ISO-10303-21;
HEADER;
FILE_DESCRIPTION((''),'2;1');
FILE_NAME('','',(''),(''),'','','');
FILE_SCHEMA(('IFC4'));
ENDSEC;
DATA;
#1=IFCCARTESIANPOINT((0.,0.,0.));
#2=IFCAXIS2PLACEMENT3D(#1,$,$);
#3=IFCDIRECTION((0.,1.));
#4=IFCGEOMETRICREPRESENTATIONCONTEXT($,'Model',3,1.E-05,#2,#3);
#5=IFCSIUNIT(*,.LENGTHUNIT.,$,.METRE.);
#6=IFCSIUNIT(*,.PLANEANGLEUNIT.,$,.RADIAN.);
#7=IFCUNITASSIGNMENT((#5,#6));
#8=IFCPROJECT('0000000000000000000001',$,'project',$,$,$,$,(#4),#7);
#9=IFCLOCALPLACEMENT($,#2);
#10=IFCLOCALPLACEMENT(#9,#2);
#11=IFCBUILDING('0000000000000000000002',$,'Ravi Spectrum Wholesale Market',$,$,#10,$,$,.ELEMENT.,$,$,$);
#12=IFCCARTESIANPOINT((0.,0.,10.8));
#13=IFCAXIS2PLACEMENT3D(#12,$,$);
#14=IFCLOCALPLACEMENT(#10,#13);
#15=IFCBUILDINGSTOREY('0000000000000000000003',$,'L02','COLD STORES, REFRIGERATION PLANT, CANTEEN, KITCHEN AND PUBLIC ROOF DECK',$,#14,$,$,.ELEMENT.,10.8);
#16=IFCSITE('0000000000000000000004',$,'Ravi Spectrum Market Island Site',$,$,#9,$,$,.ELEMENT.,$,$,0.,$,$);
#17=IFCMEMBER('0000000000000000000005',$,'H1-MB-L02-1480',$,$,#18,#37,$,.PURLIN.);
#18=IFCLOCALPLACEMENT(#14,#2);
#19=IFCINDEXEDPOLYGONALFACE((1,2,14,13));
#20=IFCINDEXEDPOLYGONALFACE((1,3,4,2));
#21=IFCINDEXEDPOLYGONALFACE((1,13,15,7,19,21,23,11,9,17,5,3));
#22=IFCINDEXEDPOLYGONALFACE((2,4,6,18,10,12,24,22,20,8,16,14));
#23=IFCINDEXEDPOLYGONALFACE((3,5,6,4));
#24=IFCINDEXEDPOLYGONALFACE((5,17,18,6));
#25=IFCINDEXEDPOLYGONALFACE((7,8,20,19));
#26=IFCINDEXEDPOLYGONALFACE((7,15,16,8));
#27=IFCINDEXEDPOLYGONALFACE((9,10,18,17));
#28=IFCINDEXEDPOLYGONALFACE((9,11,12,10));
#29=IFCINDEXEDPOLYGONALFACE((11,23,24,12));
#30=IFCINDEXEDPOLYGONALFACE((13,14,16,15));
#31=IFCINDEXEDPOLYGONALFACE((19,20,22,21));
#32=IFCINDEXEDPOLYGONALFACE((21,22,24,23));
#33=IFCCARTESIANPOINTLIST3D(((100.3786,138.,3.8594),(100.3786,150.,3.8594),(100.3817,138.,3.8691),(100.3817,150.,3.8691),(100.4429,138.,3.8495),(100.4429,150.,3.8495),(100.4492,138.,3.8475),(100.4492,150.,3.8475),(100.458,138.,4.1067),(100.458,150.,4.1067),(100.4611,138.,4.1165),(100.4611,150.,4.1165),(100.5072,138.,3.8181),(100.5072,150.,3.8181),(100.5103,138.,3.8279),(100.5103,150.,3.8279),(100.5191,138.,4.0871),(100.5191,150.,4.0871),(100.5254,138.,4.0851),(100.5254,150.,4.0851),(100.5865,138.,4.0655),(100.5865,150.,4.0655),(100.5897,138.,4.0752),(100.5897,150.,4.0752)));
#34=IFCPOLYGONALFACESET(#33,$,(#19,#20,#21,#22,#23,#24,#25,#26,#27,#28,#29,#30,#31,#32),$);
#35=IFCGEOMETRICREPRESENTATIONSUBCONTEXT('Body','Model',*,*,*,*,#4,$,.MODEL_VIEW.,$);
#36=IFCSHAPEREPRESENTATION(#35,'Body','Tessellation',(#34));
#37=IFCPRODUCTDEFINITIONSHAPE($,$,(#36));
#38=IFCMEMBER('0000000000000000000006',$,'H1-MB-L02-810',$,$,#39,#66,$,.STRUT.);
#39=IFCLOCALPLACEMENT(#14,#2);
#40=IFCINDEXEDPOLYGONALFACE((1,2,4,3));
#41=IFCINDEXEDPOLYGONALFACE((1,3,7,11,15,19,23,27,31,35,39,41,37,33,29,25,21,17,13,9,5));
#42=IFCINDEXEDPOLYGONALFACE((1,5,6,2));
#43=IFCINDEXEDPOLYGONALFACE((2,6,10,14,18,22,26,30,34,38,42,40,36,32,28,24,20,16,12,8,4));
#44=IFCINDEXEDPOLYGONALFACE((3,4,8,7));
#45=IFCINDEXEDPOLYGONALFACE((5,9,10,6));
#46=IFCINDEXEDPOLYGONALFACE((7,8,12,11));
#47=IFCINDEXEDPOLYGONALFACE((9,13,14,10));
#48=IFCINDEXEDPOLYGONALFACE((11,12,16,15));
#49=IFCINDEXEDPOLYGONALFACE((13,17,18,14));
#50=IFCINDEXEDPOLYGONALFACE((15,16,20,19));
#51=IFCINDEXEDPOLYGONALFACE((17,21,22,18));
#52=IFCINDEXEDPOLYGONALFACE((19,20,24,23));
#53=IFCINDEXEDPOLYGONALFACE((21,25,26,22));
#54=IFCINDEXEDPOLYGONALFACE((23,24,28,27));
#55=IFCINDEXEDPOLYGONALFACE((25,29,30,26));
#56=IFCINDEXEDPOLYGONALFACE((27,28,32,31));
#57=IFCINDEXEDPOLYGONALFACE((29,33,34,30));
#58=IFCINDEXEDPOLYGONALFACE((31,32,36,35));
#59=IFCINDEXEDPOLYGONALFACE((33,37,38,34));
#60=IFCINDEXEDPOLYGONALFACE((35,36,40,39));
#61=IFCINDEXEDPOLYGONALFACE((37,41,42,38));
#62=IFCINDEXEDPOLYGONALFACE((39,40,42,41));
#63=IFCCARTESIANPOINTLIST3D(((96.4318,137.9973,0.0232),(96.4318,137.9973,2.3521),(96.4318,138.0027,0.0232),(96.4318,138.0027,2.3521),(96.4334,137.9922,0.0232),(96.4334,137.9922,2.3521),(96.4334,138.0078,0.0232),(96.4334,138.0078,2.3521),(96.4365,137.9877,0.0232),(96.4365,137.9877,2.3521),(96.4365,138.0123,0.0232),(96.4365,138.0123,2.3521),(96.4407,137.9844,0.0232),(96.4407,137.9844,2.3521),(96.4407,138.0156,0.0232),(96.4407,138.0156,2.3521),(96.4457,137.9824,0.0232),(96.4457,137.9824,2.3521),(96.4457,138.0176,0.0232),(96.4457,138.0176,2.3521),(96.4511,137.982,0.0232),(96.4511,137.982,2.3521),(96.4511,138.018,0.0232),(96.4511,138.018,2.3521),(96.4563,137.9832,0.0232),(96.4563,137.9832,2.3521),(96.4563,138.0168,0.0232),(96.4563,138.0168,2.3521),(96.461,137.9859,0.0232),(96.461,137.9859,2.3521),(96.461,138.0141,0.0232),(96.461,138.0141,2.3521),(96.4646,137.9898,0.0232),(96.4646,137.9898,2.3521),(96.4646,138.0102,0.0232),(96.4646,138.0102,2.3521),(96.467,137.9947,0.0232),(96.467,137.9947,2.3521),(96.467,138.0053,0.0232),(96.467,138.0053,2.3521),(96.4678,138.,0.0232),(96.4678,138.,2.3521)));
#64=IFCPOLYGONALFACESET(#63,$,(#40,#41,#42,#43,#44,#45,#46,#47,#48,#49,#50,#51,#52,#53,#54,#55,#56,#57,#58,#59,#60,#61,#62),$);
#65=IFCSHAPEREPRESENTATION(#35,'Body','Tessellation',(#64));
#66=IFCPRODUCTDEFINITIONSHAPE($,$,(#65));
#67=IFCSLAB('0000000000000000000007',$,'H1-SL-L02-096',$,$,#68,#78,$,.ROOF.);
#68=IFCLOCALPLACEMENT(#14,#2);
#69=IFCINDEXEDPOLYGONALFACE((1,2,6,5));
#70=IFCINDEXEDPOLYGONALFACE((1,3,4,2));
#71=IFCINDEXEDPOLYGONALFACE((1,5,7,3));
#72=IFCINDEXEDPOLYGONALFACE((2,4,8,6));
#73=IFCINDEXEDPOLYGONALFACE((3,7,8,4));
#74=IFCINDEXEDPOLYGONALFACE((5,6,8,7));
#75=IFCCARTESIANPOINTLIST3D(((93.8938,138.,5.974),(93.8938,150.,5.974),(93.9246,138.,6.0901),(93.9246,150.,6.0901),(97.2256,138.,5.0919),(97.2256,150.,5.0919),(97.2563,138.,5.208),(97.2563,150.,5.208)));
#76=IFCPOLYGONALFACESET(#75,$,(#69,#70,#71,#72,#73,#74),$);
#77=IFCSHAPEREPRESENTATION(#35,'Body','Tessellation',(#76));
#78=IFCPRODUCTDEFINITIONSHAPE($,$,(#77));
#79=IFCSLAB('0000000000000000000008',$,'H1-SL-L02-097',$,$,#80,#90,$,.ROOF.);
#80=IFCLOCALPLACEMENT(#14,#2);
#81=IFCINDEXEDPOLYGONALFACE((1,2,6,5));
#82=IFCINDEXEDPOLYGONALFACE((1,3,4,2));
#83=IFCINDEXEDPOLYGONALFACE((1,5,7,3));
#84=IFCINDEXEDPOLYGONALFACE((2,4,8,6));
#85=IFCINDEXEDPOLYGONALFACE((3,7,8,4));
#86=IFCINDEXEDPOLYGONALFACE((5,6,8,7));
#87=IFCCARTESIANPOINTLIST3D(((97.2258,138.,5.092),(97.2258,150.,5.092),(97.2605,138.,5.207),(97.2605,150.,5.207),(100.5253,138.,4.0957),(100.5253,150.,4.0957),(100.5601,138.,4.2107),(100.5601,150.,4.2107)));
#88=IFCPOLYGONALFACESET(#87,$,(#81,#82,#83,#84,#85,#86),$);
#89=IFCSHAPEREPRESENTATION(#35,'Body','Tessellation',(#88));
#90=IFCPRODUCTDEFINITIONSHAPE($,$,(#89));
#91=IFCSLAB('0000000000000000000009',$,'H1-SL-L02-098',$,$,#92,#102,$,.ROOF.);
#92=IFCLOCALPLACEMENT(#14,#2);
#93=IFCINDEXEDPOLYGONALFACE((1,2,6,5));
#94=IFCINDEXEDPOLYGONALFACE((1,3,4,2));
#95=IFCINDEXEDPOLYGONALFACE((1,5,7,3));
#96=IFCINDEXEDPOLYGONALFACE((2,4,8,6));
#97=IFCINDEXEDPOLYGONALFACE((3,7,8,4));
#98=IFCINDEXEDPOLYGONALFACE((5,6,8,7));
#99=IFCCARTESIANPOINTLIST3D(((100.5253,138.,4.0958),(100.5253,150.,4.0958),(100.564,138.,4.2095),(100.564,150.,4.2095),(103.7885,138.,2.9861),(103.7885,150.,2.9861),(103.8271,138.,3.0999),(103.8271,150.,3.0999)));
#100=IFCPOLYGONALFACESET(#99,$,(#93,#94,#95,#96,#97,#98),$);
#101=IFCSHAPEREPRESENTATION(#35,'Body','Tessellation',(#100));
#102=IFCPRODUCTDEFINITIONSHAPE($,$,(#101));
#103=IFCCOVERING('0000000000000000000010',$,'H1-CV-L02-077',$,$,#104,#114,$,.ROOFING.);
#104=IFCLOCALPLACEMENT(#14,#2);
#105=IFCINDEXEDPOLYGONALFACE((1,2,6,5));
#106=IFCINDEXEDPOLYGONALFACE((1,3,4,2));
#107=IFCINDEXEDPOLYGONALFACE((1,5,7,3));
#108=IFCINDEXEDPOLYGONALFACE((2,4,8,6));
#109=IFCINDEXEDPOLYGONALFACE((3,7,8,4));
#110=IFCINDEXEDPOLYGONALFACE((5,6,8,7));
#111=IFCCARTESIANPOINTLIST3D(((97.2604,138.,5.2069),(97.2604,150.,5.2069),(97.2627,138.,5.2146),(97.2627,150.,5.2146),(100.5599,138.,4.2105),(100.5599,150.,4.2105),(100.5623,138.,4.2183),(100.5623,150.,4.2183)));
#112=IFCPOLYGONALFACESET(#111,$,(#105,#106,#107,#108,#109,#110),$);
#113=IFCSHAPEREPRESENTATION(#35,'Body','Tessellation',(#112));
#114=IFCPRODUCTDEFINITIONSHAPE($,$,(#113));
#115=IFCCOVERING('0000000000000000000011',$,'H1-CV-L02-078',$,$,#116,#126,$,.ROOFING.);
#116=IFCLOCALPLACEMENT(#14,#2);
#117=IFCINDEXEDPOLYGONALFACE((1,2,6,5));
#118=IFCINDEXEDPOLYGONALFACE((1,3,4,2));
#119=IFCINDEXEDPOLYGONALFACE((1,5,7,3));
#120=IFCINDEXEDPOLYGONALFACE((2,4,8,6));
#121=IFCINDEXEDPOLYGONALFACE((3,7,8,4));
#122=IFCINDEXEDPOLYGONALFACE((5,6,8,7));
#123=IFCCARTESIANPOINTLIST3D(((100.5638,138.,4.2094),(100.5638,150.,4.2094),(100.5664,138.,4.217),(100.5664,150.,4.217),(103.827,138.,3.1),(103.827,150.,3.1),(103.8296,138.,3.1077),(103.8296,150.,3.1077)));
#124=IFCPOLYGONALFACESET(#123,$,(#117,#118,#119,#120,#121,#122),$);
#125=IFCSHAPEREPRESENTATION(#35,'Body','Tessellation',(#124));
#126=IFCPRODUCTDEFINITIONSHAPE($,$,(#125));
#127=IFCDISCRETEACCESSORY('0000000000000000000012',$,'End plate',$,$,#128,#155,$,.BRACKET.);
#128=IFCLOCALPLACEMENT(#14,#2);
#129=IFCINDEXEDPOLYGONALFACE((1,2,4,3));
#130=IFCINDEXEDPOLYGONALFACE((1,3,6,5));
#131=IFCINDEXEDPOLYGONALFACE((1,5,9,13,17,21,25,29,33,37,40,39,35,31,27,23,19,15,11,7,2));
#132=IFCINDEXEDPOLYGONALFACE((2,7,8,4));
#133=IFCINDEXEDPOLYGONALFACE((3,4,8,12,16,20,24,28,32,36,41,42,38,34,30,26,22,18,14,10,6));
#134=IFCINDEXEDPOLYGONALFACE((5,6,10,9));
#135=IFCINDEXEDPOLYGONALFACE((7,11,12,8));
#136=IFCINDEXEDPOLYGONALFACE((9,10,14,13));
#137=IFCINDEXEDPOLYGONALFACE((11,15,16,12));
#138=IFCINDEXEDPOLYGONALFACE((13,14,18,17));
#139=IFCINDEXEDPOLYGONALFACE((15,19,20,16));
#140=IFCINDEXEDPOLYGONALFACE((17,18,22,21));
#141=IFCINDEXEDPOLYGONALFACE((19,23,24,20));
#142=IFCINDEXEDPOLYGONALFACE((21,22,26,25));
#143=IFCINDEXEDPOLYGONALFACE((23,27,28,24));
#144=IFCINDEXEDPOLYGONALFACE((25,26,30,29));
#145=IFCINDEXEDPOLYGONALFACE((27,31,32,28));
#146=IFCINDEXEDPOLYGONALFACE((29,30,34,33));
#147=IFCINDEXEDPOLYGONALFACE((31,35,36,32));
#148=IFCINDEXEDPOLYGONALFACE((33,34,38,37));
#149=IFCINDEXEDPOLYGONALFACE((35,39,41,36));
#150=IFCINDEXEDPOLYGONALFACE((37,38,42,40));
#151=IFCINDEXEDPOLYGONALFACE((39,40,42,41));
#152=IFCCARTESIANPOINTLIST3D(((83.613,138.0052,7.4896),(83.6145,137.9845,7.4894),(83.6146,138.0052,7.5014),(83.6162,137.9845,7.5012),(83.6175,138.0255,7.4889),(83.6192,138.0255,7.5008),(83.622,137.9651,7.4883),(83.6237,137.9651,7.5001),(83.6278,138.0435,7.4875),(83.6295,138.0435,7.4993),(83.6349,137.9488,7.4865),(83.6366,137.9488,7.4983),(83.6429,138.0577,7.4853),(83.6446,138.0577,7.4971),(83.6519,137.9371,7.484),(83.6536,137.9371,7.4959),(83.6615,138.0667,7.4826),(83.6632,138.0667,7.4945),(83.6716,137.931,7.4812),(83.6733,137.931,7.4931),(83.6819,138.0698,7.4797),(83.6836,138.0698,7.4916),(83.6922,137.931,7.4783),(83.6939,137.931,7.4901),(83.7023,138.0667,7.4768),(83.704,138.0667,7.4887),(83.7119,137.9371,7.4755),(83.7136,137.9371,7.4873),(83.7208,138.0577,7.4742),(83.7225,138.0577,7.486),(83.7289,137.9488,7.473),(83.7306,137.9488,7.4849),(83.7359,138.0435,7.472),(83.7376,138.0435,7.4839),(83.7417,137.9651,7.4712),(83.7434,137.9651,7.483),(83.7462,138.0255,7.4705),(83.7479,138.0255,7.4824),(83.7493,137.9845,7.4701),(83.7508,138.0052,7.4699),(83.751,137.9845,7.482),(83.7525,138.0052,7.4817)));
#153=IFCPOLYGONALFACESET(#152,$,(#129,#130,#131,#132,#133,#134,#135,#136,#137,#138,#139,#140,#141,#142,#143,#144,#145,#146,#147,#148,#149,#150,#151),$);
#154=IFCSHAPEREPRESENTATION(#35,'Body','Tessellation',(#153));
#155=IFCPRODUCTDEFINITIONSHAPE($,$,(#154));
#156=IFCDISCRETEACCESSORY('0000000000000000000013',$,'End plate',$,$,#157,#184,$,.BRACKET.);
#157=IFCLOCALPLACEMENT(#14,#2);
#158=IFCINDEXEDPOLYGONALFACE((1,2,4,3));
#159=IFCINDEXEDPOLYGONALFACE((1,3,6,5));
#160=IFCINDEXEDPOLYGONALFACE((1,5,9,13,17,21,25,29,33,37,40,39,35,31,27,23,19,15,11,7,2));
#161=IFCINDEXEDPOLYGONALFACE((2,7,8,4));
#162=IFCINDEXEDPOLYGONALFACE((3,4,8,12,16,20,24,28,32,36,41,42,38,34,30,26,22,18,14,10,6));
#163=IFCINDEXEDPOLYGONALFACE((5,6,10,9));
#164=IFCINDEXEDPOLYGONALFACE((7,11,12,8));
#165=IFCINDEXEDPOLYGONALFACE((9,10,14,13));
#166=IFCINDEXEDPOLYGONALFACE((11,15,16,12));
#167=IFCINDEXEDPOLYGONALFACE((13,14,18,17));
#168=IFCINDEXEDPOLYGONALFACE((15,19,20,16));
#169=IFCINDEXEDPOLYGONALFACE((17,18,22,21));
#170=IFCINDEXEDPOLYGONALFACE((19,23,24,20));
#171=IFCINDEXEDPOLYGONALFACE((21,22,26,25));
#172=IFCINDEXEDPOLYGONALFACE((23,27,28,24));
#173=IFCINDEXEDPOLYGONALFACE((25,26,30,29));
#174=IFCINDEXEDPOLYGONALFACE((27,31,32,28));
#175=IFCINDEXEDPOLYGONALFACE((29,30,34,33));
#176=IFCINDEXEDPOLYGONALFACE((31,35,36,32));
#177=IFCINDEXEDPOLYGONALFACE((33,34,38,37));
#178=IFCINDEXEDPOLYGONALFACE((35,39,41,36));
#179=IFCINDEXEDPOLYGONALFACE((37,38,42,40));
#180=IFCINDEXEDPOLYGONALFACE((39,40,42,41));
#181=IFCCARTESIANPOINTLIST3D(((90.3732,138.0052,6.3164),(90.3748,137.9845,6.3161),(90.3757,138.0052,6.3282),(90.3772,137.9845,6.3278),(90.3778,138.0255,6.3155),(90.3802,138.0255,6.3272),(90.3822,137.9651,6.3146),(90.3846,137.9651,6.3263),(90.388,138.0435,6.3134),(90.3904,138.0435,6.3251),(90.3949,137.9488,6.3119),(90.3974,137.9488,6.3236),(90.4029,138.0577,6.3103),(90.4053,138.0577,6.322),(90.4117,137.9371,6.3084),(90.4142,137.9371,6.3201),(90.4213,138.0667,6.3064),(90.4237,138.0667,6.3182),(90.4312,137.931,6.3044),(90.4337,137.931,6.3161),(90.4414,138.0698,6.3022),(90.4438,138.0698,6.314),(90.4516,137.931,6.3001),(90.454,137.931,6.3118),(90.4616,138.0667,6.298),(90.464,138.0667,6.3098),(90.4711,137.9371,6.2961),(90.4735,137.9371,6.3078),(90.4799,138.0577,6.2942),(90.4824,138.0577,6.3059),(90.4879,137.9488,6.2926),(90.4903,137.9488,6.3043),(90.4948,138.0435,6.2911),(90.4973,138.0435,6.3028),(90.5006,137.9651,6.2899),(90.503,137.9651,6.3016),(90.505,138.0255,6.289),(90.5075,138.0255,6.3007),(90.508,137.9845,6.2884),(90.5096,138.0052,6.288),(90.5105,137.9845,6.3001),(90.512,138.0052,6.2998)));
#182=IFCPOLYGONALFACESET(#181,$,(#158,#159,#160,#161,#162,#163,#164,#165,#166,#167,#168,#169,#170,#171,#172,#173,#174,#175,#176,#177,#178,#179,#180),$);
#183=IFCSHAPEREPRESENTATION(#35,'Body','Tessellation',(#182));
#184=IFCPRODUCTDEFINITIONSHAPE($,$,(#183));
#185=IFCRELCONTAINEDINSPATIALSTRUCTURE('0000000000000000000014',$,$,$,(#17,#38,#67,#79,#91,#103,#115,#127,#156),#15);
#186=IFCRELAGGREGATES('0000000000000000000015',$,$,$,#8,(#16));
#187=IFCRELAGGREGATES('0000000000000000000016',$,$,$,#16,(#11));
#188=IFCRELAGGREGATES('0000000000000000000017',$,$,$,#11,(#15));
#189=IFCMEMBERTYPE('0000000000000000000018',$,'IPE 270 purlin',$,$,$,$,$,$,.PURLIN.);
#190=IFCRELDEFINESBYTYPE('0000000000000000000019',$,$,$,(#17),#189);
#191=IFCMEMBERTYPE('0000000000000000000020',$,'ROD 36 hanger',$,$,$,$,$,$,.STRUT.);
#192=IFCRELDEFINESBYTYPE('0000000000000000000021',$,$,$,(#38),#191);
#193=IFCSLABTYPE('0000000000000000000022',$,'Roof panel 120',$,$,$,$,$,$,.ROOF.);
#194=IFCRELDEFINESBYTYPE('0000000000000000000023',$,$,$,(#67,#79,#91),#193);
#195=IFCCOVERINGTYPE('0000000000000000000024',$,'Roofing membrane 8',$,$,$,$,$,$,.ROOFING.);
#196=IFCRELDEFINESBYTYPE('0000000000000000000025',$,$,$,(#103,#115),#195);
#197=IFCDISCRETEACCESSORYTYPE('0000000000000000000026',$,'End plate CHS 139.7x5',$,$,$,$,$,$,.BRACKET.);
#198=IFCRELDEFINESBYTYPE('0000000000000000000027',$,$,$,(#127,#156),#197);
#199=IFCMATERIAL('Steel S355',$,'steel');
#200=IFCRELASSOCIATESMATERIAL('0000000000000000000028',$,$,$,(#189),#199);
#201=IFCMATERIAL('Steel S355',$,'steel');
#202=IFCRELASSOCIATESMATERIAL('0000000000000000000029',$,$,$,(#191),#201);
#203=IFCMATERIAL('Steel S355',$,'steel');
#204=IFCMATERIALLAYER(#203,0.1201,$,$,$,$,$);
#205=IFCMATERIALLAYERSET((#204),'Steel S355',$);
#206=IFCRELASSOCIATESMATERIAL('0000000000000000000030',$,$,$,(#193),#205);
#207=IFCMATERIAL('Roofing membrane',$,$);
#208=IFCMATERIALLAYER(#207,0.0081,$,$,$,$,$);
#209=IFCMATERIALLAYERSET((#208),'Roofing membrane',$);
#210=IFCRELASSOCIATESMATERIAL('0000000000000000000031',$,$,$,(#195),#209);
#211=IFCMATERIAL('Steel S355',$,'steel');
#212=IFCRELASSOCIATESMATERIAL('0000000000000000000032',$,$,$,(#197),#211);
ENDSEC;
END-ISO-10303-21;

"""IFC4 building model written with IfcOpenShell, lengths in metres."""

from ifc_helpers import new_model, si_unit, direction, frame, origin, origin_2d, place, context, subcontext, project, spatial, polyline, circle, i_section, outline, extrude, material, layer, layer_set, material_profile, profile_set, type_object, element, save


model = new_model("IFC4")

# Units and contexts
model_context = context("Model", 3, precision=1e-05, world=origin(), true_north=direction((0.0, 1.0)))
body_context = subcontext(model_context, "Body", "Model", "MODEL_VIEW")
ifc_project = project(units=[si_unit("LENGTHUNIT", "METRE"), si_unit("PLANEANGLEUNIT", "RADIAN")], contexts=[model_context])

# Site, building, storey
site_placement = place(None, origin())
site = spatial("IfcSite", under=ifc_project, at=site_placement, Name="Ravi Spectrum Market Island Site", CompositionType="ELEMENT", RefElevation=0.0)
building_placement = place(site_placement, origin())
building = spatial("IfcBuilding", under=site, at=building_placement, Name="Ravi Spectrum Wholesale Market", CompositionType="ELEMENT")
storey_placement = place(building_placement, frame((0.0, 0.0, 10.8)))
storey = spatial("IfcBuildingStorey", under=building, at=storey_placement, Name="L02", Description="COLD STORES, REFRIGERATION PLANT, CANTEEN, KITCHEN AND PUBLIC ROOF DECK", CompositionType="ELEMENT", Elevation=10.8)

# Members
ifc_material_1 = material(Name="Steel S355", Category="steel")
ifc_material_profile_1 = material_profile(ifc_material_1, i_section(OverallWidth=0.135, OverallDepth=0.27, WebThickness=0.0066, FlangeThickness=0.0103, at=origin_2d()))
ifc_profile_set_1 = profile_set([ifc_material_profile_1], Name="Steel S355")
member_type_1 = type_object("IfcMemberType", Name="IPE 270 purlin", PredefinedType="PURLIN", material=ifc_profile_set_1)
for number, where, z_axis, x_axis, name in (
    (1, (100.4841, 138.0, 3.9673), (0.0, 1.0, 0.0), (-0.952184, 0.0, 0.305524), "H1-MB-L02-1480"),
):
    element("IfcMember", number, at=place(storey_placement, frame(where, z_axis=z_axis, x_axis=x_axis)), inside=storey, type_object=member_type_1, Name=name, PredefinedType="PURLIN", context=body_context, shape_type="SweptSolid", body=[
        extrude(i_section(OverallWidth=0.135, OverallDepth=0.27, WebThickness=0.0066, FlangeThickness=0.0103, at=origin_2d()), origin(), (0.0, 0.0, 1.0), 12.0),
    ])
ifc_material_2 = material(Name="Steel S355", Category="steel")
ifc_material_profile_2 = material_profile(ifc_material_2, circle(Radius=0.0181, at=origin_2d()))
ifc_profile_set_2 = profile_set([ifc_material_profile_2], Name="Steel S355")
member_type_2 = type_object("IfcMemberType", Name="ROD 36 hanger", PredefinedType="STRUT", material=ifc_profile_set_2)
member_1_placement = place(storey_placement, frame((96.4497, 138.0, 0.0232), z_axis=(0.0, 0.0, 1.0), x_axis=(1.0, 0.0, 0.0)))
element("IfcMember", 2, at=member_1_placement, inside=storey, type_object=member_type_2, Name="H1-MB-L02-810", PredefinedType="STRUT", context=body_context, shape_type="SweptSolid", body=[
    extrude(circle(Radius=0.0181, at=origin_2d()), origin(), (0.0, 0.0, 1.0), 2.3289),
])

# Slabs
ifc_material_3 = material(Name="Steel S355", Category="steel")
ifc_layer_1 = layer(ifc_material_3, 0.1201)
ifc_layer_set_1 = layer_set([ifc_layer_1], Name="Steel S355")
slab_type = type_object("IfcSlabType", Name="Roof panel 120", PredefinedType="ROOF", material=ifc_layer_set_1)
slab_1_placement = place(storey_placement, frame((93.9246, 138.0, 6.0901), z_axis=(0.25593, 0.0, 0.966695), x_axis=(0.966695, 0.0, -0.25593)))
element("IfcSlab", 3, at=slab_1_placement, inside=storey, type_object=slab_type, Name="H1-SL-L02-096", PredefinedType="ROOF", context=body_context, shape_type="SweptSolid", body=[
    extrude(outline(polyline([(0.0, 0.0), (3.4466, 0.0), (3.4466, 12.0), (0.0, 12.0), (0.0, 0.0)])), origin(), (0.0, 0.0, -1.0), 0.1201),
])
slab_2_placement = place(storey_placement, frame((97.2605, 138.0, 5.207), z_axis=(0.28907, 0.0, 0.957308), x_axis=(0.957308, 0.0, -0.28907)))
element("IfcSlab", 4, at=slab_2_placement, inside=storey, type_object=slab_type, Name="H1-SL-L02-097", PredefinedType="ROOF", context=body_context, shape_type="SweptSolid", body=[
    extrude(outline(polyline([(0.0, 0.0), (3.4467, 0.0), (3.4467, 12.0), (0.0, 12.0), (0.0, 0.0)])), origin(), (0.0, 0.0, -1.0), 0.1201),
])
slab_3_placement = place(storey_placement, frame((100.564, 138.0, 4.2095), z_axis=(0.321938, 0.0, 0.946761), x_axis=(0.946761, 0.0, -0.321938)))
element("IfcSlab", 5, at=slab_3_placement, inside=storey, type_object=slab_type, Name="H1-SL-L02-098", PredefinedType="ROOF", context=body_context, shape_type="SweptSolid", body=[
    extrude(outline(polyline([(0.0, 0.0), (3.4467, 0.0), (3.4467, 12.0), (0.0, 12.0), (0.0, 0.0)])), origin(), (0.0, 0.0, -1.0), 0.1201),
])

# Coverings
ifc_material_4 = material(Name="Roofing membrane")
ifc_layer_2 = layer(ifc_material_4, 0.0081)
ifc_layer_set_2 = layer_set([ifc_layer_2], Name="Roofing membrane")
covering_type = type_object("IfcCoveringType", Name="Roofing membrane 8", PredefinedType="ROOFING", material=ifc_layer_set_2)
covering_1_placement = place(storey_placement, frame((97.2627, 138.0, 5.2146), z_axis=(0.28907, 0.0, 0.957308), x_axis=(0.957308, 0.0, -0.28907)))
element("IfcCovering", 6, at=covering_1_placement, inside=storey, type_object=covering_type, Name="H1-CV-L02-077", PredefinedType="ROOFING", context=body_context, shape_type="SweptSolid", body=[
    extrude(outline(polyline([(0.0, 0.0), (3.4467, 0.0), (3.4467, 12.0), (0.0, 12.0), (0.0, 0.0)])), origin(), (0.0, 0.0, -1.0), 0.0081),
])
covering_2_placement = place(storey_placement, frame((100.5664, 138.0, 4.217), z_axis=(0.321875, 0.0, 0.946782), x_axis=(0.946782, 0.0, -0.321875)))
element("IfcCovering", 7, at=covering_2_placement, inside=storey, type_object=covering_type, Name="H1-CV-L02-078", PredefinedType="ROOFING", context=body_context, shape_type="SweptSolid", body=[
    extrude(outline(polyline([(0.0, 0.0), (3.4466, 0.0), (3.4466, 12.0), (0.0, 12.0), (0.0, 0.0)])), origin(), (0.0, 0.0, -1.0), 0.0081),
])

# Discrete accessories
ifc_material_5 = material(Name="Steel S355", Category="steel")
ifc_material_profile_3 = material_profile(ifc_material_5, circle(Radius=0.0698, at=origin_2d()))
ifc_profile_set_3 = profile_set([ifc_material_profile_3], Name="Steel S355")
discrete_accessory_type_1 = type_object("IfcDiscreteAccessoryType", Name="End plate CHS 139.7x5", PredefinedType="BRACKET", material=ifc_profile_set_3)
for number, where, z_axis, x_axis, name in (
    (8, (83.6819, 138.0, 7.4797), (0.141421, 0.0, 0.989949), (0.0, 1.0, 0.0), "End plate"),
    (9, (90.4414, 138.0, 6.3022), (0.203954, 0.0, 0.97898), (0.0, 1.0, 0.0), "End plate"),
):
    element("IfcDiscreteAccessory", number, at=place(storey_placement, frame(where, z_axis=z_axis, x_axis=x_axis)), inside=storey, type_object=discrete_accessory_type_1, Name=name, PredefinedType="BRACKET", context=body_context, shape_type="SweptSolid", body=[
        extrude(circle(Radius=0.0698, at=origin_2d()), origin(), (0.0, 0.0, 1.0), 0.012),
    ])

save(model, "model.ifc")
